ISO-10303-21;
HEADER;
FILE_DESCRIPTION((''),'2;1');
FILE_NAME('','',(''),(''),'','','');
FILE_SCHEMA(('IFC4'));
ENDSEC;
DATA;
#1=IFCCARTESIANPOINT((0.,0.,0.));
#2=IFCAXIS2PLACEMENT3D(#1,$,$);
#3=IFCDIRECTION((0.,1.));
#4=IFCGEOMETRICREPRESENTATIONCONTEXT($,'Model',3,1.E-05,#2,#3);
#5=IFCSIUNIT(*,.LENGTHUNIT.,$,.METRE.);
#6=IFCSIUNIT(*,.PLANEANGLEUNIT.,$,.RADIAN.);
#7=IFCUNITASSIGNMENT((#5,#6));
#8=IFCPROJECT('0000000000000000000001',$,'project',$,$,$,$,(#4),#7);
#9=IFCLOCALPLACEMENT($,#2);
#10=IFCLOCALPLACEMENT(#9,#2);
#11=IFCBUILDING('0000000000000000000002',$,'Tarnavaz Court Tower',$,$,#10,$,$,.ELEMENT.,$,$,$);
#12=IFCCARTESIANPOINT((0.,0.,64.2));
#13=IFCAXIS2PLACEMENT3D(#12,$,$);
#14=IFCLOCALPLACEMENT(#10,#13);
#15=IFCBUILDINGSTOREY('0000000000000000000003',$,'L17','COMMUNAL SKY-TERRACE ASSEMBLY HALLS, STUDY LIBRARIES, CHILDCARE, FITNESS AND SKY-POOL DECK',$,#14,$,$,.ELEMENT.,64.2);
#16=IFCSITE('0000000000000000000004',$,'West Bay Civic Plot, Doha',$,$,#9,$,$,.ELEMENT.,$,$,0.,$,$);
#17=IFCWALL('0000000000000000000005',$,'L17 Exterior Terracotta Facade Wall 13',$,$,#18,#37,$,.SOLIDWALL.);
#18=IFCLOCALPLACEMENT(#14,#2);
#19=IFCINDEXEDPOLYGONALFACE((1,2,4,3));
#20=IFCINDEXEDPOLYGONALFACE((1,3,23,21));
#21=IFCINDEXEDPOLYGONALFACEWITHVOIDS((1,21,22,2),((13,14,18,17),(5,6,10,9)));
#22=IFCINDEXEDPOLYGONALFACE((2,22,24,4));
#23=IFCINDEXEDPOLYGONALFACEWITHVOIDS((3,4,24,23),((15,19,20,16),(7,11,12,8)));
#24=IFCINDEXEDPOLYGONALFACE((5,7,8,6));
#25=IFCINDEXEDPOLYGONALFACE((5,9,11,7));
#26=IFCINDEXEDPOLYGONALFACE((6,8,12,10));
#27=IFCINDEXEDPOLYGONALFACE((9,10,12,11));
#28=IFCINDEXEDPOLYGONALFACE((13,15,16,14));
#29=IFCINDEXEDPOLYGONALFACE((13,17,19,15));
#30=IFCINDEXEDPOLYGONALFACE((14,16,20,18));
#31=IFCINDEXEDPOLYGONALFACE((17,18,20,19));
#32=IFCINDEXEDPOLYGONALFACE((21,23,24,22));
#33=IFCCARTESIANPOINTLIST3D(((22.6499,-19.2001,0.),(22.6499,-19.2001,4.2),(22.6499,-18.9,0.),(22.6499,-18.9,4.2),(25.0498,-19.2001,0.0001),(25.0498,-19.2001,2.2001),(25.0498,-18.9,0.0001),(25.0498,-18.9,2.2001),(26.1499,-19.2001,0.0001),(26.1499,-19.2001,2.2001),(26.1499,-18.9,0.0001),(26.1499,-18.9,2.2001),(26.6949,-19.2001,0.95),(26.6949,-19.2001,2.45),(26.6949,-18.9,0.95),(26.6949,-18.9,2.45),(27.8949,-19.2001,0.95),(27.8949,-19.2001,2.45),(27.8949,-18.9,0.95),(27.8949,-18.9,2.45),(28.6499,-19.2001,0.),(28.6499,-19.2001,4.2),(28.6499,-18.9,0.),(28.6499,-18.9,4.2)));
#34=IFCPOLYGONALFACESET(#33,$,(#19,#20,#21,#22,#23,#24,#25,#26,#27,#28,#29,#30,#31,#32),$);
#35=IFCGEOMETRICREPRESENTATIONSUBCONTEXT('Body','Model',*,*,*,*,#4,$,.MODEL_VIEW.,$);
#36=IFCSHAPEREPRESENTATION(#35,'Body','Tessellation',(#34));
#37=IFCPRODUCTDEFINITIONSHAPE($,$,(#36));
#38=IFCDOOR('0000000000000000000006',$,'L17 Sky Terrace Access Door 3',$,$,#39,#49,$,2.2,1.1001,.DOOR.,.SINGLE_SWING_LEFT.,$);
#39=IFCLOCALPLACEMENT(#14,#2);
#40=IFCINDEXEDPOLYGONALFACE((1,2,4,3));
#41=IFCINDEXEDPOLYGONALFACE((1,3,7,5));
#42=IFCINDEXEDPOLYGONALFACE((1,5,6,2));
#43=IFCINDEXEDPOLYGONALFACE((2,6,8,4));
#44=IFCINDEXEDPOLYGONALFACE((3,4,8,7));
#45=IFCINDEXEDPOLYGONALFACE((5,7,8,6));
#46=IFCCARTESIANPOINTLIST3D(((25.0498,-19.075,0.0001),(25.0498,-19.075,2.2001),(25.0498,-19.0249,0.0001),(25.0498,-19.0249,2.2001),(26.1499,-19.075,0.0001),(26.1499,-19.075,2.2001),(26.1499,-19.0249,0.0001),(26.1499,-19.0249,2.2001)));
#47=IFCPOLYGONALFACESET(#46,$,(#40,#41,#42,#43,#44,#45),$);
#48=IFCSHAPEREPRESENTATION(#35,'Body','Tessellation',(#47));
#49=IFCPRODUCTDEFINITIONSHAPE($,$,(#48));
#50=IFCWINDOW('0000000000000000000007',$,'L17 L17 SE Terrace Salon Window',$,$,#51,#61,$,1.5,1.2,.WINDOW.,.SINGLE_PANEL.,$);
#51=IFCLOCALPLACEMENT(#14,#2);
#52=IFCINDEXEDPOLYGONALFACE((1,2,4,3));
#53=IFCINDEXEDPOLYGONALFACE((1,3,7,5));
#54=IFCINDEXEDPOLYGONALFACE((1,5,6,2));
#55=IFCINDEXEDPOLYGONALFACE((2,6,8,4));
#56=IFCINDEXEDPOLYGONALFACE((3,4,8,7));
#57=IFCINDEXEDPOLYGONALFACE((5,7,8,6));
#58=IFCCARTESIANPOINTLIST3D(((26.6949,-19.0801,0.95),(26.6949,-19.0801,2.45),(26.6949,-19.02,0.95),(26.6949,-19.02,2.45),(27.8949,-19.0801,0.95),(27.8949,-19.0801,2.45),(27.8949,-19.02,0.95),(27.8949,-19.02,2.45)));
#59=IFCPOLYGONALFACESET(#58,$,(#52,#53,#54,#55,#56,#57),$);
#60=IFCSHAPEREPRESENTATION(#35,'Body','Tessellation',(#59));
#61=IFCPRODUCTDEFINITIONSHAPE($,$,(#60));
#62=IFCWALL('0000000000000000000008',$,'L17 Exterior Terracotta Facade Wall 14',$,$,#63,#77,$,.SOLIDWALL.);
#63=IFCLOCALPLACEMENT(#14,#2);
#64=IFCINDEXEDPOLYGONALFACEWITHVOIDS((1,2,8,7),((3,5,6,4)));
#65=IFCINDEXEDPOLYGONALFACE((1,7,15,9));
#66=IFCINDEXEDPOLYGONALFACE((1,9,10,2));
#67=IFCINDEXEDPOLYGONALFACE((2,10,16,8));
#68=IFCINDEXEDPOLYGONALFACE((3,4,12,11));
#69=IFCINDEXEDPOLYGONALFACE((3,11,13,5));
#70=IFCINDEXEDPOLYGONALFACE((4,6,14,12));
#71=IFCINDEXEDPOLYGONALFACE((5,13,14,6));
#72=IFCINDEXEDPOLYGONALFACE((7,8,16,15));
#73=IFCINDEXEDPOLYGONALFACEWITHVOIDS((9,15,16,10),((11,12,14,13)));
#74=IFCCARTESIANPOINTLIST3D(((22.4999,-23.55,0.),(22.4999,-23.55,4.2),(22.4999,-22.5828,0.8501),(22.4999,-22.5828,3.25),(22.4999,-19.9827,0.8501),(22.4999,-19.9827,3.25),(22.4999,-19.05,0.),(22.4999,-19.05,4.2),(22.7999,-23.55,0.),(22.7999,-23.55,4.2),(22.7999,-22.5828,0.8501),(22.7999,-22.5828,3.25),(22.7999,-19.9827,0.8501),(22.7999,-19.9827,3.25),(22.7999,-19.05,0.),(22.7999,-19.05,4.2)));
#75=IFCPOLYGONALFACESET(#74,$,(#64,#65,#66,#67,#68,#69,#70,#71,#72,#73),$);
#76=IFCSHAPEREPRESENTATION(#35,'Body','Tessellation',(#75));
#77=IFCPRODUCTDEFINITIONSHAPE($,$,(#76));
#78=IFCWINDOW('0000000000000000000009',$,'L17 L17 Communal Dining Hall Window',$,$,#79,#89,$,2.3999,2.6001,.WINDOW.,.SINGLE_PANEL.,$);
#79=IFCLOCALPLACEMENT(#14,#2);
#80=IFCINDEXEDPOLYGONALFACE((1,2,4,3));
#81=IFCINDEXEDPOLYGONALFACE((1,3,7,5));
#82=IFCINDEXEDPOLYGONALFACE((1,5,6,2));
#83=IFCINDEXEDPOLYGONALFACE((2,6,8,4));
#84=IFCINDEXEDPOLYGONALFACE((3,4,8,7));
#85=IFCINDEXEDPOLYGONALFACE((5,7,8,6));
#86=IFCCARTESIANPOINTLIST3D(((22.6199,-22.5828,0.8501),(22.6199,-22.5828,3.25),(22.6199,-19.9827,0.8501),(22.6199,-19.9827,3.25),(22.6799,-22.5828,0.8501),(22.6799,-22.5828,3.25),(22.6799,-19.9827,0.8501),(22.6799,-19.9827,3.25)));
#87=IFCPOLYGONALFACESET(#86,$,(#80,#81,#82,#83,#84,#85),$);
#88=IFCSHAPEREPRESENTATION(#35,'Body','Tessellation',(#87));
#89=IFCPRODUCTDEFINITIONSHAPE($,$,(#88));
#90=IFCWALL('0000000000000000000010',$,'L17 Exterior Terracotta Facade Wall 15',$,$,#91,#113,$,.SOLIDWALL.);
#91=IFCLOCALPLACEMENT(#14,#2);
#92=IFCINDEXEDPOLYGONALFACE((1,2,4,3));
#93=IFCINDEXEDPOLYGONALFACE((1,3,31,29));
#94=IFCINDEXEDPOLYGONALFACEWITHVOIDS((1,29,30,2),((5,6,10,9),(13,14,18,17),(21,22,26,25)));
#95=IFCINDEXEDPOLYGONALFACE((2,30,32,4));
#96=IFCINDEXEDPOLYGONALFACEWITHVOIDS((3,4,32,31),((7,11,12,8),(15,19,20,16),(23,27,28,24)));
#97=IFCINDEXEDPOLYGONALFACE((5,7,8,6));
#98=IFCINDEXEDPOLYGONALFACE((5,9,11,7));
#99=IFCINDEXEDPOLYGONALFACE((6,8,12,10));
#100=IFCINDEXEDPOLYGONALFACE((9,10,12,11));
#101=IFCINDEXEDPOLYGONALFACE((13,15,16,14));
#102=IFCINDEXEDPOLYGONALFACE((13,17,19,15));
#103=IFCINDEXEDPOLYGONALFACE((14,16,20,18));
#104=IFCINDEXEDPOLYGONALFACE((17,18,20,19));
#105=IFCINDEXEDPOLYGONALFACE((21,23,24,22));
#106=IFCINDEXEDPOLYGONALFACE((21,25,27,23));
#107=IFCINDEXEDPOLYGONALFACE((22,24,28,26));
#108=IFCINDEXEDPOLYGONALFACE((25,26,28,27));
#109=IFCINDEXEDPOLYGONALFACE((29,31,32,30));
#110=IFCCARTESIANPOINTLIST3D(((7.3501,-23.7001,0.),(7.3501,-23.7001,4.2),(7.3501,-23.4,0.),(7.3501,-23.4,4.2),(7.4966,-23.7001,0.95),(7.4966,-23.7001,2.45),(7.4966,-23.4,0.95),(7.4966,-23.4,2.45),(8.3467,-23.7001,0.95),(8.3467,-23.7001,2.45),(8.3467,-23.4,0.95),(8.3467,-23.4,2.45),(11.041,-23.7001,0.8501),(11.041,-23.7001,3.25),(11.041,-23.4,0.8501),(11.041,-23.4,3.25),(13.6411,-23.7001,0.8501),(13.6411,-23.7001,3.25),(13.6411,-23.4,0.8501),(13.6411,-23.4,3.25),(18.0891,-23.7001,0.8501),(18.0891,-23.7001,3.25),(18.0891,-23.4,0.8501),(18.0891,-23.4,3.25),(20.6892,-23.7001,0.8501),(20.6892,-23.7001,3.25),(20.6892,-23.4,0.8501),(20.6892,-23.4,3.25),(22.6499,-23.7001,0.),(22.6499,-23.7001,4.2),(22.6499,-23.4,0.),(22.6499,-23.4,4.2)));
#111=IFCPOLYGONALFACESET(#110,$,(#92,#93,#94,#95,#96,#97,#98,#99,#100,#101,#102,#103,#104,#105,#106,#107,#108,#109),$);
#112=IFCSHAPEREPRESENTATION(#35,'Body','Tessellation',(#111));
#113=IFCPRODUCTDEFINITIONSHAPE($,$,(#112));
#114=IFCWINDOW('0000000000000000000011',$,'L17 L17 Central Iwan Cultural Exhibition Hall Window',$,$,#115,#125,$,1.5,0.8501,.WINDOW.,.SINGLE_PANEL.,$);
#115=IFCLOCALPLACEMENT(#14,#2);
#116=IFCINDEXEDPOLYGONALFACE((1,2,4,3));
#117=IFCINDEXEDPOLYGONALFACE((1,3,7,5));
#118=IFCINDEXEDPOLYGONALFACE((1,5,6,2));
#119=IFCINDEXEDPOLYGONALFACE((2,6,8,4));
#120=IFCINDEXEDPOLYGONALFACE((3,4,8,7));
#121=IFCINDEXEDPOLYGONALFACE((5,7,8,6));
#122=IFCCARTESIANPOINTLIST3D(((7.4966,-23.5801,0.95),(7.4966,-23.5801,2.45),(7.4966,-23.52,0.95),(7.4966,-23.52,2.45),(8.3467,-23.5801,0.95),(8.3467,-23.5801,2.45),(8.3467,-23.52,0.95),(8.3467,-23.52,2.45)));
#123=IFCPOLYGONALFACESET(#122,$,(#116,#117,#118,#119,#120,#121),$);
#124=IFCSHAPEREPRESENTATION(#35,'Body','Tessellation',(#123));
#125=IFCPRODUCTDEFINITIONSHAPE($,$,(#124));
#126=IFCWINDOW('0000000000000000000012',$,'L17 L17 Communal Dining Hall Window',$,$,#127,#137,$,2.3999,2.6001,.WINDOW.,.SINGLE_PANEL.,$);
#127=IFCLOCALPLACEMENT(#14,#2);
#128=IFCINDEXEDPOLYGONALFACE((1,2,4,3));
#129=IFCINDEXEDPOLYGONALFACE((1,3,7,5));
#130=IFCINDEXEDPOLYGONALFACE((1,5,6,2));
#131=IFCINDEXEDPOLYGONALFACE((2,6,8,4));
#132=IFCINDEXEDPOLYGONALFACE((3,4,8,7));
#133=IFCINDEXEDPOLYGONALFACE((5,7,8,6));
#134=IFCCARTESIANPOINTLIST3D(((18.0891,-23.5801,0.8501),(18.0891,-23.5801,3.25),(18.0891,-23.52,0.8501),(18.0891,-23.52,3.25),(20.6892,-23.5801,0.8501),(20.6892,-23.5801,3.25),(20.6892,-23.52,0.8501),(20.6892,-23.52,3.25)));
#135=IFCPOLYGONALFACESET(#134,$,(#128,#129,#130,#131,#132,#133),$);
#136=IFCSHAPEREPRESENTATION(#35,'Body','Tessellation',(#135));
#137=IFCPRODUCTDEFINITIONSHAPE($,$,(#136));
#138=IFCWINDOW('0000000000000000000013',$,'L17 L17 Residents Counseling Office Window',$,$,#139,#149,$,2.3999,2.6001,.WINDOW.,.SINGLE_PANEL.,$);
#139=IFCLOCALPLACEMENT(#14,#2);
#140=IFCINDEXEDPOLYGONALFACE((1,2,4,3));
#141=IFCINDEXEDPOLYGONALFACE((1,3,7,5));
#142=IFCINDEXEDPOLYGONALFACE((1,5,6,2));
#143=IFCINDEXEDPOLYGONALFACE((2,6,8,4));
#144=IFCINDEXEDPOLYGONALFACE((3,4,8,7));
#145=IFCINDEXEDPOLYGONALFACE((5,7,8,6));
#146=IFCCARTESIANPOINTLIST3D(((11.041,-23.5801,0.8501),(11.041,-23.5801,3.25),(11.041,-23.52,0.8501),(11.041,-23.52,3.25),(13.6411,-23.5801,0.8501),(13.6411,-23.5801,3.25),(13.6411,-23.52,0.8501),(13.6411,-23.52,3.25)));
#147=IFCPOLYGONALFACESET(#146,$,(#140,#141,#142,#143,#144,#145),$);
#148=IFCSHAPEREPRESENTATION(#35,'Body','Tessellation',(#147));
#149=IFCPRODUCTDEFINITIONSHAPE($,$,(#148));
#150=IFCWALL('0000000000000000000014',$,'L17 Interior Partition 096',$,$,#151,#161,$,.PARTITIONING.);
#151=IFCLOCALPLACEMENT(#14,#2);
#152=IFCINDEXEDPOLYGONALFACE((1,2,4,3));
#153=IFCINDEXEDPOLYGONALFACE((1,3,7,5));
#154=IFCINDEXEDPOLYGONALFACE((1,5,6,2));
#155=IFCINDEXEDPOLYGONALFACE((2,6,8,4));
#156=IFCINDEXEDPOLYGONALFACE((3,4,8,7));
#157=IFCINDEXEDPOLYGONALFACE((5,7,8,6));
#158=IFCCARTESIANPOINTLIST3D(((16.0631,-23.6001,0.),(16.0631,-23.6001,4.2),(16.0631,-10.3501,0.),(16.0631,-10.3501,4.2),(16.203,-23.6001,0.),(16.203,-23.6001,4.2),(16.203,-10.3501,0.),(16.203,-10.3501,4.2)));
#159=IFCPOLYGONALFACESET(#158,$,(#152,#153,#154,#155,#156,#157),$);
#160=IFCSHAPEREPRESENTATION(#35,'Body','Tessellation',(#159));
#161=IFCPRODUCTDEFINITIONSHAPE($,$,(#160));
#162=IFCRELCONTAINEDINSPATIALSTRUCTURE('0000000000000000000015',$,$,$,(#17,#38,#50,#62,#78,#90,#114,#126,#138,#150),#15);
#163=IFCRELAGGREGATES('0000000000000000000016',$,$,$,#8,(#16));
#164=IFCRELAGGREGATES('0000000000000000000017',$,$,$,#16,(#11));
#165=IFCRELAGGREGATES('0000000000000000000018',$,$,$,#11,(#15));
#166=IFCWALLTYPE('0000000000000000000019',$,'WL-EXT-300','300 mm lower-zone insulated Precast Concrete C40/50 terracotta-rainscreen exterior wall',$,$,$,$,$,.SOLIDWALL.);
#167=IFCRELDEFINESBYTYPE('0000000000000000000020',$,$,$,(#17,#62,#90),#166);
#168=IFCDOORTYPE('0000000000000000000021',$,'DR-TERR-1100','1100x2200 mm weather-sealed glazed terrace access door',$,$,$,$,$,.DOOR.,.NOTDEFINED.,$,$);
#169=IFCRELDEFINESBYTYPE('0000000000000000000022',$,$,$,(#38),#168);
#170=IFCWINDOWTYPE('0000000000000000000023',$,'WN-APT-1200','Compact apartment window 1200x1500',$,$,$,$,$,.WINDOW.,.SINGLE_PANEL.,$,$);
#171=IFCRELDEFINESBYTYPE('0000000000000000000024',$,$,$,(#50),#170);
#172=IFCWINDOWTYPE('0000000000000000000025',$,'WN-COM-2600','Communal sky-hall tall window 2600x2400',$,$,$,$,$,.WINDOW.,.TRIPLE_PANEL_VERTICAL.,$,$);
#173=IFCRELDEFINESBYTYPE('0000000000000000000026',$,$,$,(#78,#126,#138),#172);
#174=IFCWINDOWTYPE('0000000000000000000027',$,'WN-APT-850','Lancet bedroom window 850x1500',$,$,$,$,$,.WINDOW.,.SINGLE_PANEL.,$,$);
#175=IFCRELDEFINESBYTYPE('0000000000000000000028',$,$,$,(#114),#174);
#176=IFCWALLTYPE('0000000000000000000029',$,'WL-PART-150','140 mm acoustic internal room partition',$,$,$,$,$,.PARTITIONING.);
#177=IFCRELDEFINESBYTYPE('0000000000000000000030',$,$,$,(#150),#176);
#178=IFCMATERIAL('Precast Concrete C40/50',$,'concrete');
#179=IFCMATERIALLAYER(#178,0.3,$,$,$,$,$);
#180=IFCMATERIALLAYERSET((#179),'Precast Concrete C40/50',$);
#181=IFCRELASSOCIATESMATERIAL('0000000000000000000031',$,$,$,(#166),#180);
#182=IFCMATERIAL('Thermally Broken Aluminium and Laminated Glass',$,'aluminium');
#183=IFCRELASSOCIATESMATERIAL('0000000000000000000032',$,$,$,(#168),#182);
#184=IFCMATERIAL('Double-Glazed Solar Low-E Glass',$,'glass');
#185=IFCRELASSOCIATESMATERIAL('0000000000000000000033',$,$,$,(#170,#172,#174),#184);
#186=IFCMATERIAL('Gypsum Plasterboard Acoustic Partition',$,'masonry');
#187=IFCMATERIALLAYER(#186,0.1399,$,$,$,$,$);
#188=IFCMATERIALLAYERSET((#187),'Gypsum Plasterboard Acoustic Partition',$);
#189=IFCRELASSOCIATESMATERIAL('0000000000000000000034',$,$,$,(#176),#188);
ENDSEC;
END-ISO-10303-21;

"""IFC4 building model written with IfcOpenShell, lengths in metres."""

from ifc_helpers import new_model, si_unit, direction, frame, frame_2d, origin, place, context, subcontext, project, spatial, rectangle, extrude, material, layer, layer_set, type_object, element, fill, save


model = new_model("IFC4")

# Units and contexts
model_context = context("Model", 3, precision=1e-05, world=origin(), true_north=direction((0.0, 1.0)))
body_context = subcontext(model_context, "Body", "Model", "MODEL_VIEW")
ifc_project = project(units=[si_unit("LENGTHUNIT", "METRE"), si_unit("PLANEANGLEUNIT", "RADIAN")], contexts=[model_context])

# Site, building, storey
site_placement = place(None, origin())
site = spatial("IfcSite", under=ifc_project, at=site_placement, Name="West Bay Civic Plot, Doha", CompositionType="ELEMENT", RefElevation=0.0)
building_placement = place(site_placement, origin())
building = spatial("IfcBuilding", under=site, at=building_placement, Name="Tarnavaz Court Tower", CompositionType="ELEMENT")
storey_placement = place(building_placement, frame((0.0, 0.0, 64.2)))
storey = spatial("IfcBuildingStorey", under=building, at=storey_placement, Name="L17", Description="COMMUNAL SKY-TERRACE ASSEMBLY HALLS, STUDY LIBRARIES, CHILDCARE, FITNESS AND SKY-POOL DECK", CompositionType="ELEMENT", Elevation=64.2)

# Shared definitions
ifc_material_1 = material(Name="Double-Glazed Solar Low-E Glass", Category="glass")

# Wall, openings, door, window
ifc_material_2 = material(Name="Precast Concrete C40/50", Category="concrete")
ifc_layer_1 = layer(ifc_material_2, 0.3)
ifc_layer_set_1 = layer_set([ifc_layer_1], Name="Precast Concrete C40/50")
wall_type_1 = type_object("IfcWallType", Name="WL-EXT-300", Description="300 mm lower-zone insulated Precast Concrete C40/50 terracotta-rainscreen exterior wall", PredefinedType="SOLIDWALL", material=ifc_layer_set_1)
wall_1_placement = place(storey_placement, frame((28.6499, -19.05, 0.0), z_axis=(0.0, 0.0, 1.0), x_axis=(-1.0, 0.0, 0.0)))
wall_1 = element("IfcWall", 1, at=wall_1_placement, inside=storey, type_object=wall_type_1, Name="L17 Exterior Terracotta Facade Wall 13", PredefinedType="SOLIDWALL", context=body_context, shape_type="SweptSolid", body=[
    extrude(rectangle(XDim=6.0, YDim=0.3, at=frame_2d((3.0, 0.0))), origin(), (0.0, 0.0, 1.0), 4.2),
])
opening_1_placement = place(wall_1_placement, frame((2.5, 0.0, 0.0)))
opening_1 = element("IfcOpeningElement", 2, at=opening_1_placement, cuts=wall_1, PredefinedType="OPENING", context=body_context, shape_type="SweptSolid", body=[
    extrude(rectangle(XDim=1.1001, YDim=2.2, at=frame_2d((0.55, 1.1001))), frame((0.0, 0.1599, 0.0), z_axis=(0.0, -1.0, 0.0), x_axis=(1.0, 0.0, 0.0)), (0.0, 0.0, 1.0), 0.3201),
])
opening_2_placement = place(wall_1_placement, frame((0.7549, 0.0, 0.95)))
opening_2 = element("IfcOpeningElement", 3, at=opening_2_placement, cuts=wall_1, PredefinedType="OPENING", context=body_context, shape_type="SweptSolid", body=[
    extrude(rectangle(XDim=1.2, YDim=1.5, at=frame_2d((0.6001, 0.75))), frame((0.0, 0.1599, 0.0), z_axis=(0.0, -1.0, 0.0), x_axis=(1.0, 0.0, 0.0)), (0.0, 0.0, 1.0), 0.3201),
])
ifc_material_3 = material(Name="Thermally Broken Aluminium and Laminated Glass", Category="aluminium")
door_type = type_object("IfcDoorType", Name="DR-TERR-1100", Description="1100x2200 mm weather-sealed glazed terrace access door", OperationType="NOTDEFINED", PredefinedType="DOOR", material=ifc_material_3)
door_placement = place(opening_1_placement, origin())
door = element("IfcDoor", 4, at=door_placement, inside=storey, type_object=door_type, Name="L17 Sky Terrace Access Door 3", OperationType="SINGLE_SWING_LEFT", OverallHeight=2.2, OverallWidth=1.1001, PredefinedType="DOOR", context=body_context, shape_type="SweptSolid", body=[
    extrude(rectangle(XDim=1.1001, YDim=2.2, at=frame_2d((0.55, 1.1001))), frame((0.0, 0.0249, 0.0), z_axis=(0.0, -1.0, 0.0), x_axis=(1.0, 0.0, 0.0)), (0.0, 0.0, 1.0), 0.05),
])
fill(opening_1, door)
window_type_1 = type_object("IfcWindowType", Name="WN-APT-1200", Description="Compact apartment window 1200x1500", PartitioningType="SINGLE_PANEL", PredefinedType="WINDOW", material=ifc_material_1)
window_1_placement = place(opening_2_placement, origin())
window_1 = element("IfcWindow", 5, at=window_1_placement, inside=storey, type_object=window_type_1, Name="L17 L17 SE Terrace Salon Window", OverallHeight=1.5, OverallWidth=1.2, PartitioningType="SINGLE_PANEL", PredefinedType="WINDOW", context=body_context, shape_type="SweptSolid", body=[
    extrude(rectangle(XDim=1.2, YDim=1.5, at=frame_2d((0.6001, 0.75))), frame((0.0, 0.03, 0.0), z_axis=(0.0, -1.0, 0.0), x_axis=(1.0, 0.0, 0.0)), (0.0, 0.0, 1.0), 0.0601),
])
fill(opening_2, window_1)

# Wall, opening, window
wall_2_placement = place(storey_placement, frame((22.6499, -19.05, 0.0), z_axis=(0.0, 0.0, 1.0), x_axis=(0.0, -1.0, 0.0)))
wall_2 = element("IfcWall", 6, at=wall_2_placement, inside=storey, type_object=wall_type_1, Name="L17 Exterior Terracotta Facade Wall 14", PredefinedType="SOLIDWALL", context=body_context, shape_type="SweptSolid", body=[
    extrude(rectangle(XDim=4.5, YDim=0.3, at=frame_2d((2.25, 0.0))), origin(), (0.0, 0.0, 1.0), 4.2),
])
opening_3_placement = place(wall_2_placement, frame((0.9326, 0.0, 0.8501)))
opening_3 = element("IfcOpeningElement", 7, at=opening_3_placement, cuts=wall_2, PredefinedType="OPENING", context=body_context, shape_type="SweptSolid", body=[
    extrude(rectangle(XDim=2.6001, YDim=2.3999, at=frame_2d((1.3, 1.2))), frame((0.0, 0.1599, 0.0), z_axis=(0.0, -1.0, 0.0), x_axis=(1.0, 0.0, 0.0)), (0.0, 0.0, 1.0), 0.3201),
])
window_type_2 = type_object("IfcWindowType", Name="WN-COM-2600", Description="Communal sky-hall tall window 2600x2400", PartitioningType="TRIPLE_PANEL_VERTICAL", PredefinedType="WINDOW", material=ifc_material_1)
window_2_placement = place(opening_3_placement, origin())
window_2 = element("IfcWindow", 8, at=window_2_placement, inside=storey, type_object=window_type_2, Name="L17 L17 Communal Dining Hall Window", OverallHeight=2.3999, OverallWidth=2.6001, PartitioningType="SINGLE_PANEL", PredefinedType="WINDOW", context=body_context, shape_type="SweptSolid", body=[
    extrude(rectangle(XDim=2.6001, YDim=2.3999, at=frame_2d((1.3, 1.2))), frame((0.0, 0.03, 0.0), z_axis=(0.0, -1.0, 0.0), x_axis=(1.0, 0.0, 0.0)), (0.0, 0.0, 1.0), 0.0601),
])
fill(opening_3, window_2)

# Wall, openings, windows
wall_3_placement = place(storey_placement, frame((22.6499, -23.55, 0.0), z_axis=(0.0, 0.0, 1.0), x_axis=(-1.0, 0.0, 0.0)))
wall_3 = element("IfcWall", 9, at=wall_3_placement, inside=storey, type_object=wall_type_1, Name="L17 Exterior Terracotta Facade Wall 15", PredefinedType="SOLIDWALL", context=body_context, shape_type="SweptSolid", body=[
    extrude(rectangle(XDim=15.2998, YDim=0.3, at=frame_2d((7.6499, 0.0))), origin(), (0.0, 0.0, 1.0), 4.2),
])
opening_4_placement = place(wall_3_placement, frame((1.9607, 0.0, 0.8501)))
opening_4 = element("IfcOpeningElement", 10, at=opening_4_placement, cuts=wall_3, PredefinedType="OPENING", context=body_context, shape_type="SweptSolid", body=[
    extrude(rectangle(XDim=2.6001, YDim=2.3999, at=frame_2d((1.3, 1.2))), frame((0.0, 0.1599, 0.0), z_axis=(0.0, -1.0, 0.0), x_axis=(1.0, 0.0, 0.0)), (0.0, 0.0, 1.0), 0.3201),
])
opening_5_placement = place(wall_3_placement, frame((9.0088, 0.0, 0.8501)))
opening_5 = element("IfcOpeningElement", 11, at=opening_5_placement, cuts=wall_3, PredefinedType="OPENING", context=body_context, shape_type="SweptSolid", body=[
    extrude(rectangle(XDim=2.6001, YDim=2.3999, at=frame_2d((1.3, 1.2))), frame((0.0, 0.1599, 0.0), z_axis=(0.0, -1.0, 0.0), x_axis=(1.0, 0.0, 0.0)), (0.0, 0.0, 1.0), 0.3201),
])
opening_6_placement = place(wall_3_placement, frame((14.3032, 0.0, 0.95)))
opening_6 = element("IfcOpeningElement", 12, at=opening_6_placement, cuts=wall_3, PredefinedType="OPENING", context=body_context, shape_type="SweptSolid", body=[
    extrude(rectangle(XDim=0.8501, YDim=1.5, at=frame_2d((0.425, 0.75))), frame((0.0, 0.1599, 0.0), z_axis=(0.0, -1.0, 0.0), x_axis=(1.0, 0.0, 0.0)), (0.0, 0.0, 1.0), 0.3201),
])
window_type_3 = type_object("IfcWindowType", Name="WN-APT-850", Description="Lancet bedroom window 850x1500", PartitioningType="SINGLE_PANEL", PredefinedType="WINDOW", material=ifc_material_1)
window_3_placement = place(opening_6_placement, origin())
window_3 = element("IfcWindow", 13, at=window_3_placement, inside=storey, type_object=window_type_3, Name="L17 L17 Central Iwan Cultural Exhibition Hall Window", OverallHeight=1.5, OverallWidth=0.8501, PartitioningType="SINGLE_PANEL", PredefinedType="WINDOW", context=body_context, shape_type="SweptSolid", body=[
    extrude(rectangle(XDim=0.8501, YDim=1.5, at=frame_2d((0.425, 0.75))), frame((0.0, 0.03, 0.0), z_axis=(0.0, -1.0, 0.0), x_axis=(1.0, 0.0, 0.0)), (0.0, 0.0, 1.0), 0.0601),
])
fill(opening_6, window_3)
window_4_placement = place(opening_4_placement, origin())
window_4 = element("IfcWindow", 14, at=window_4_placement, inside=storey, type_object=window_type_2, Name="L17 L17 Communal Dining Hall Window", OverallHeight=2.3999, OverallWidth=2.6001, PartitioningType="SINGLE_PANEL", PredefinedType="WINDOW", context=body_context, shape_type="SweptSolid", body=[
    extrude(rectangle(XDim=2.6001, YDim=2.3999, at=frame_2d((1.3, 1.2))), frame((0.0, 0.03, 0.0), z_axis=(0.0, -1.0, 0.0), x_axis=(1.0, 0.0, 0.0)), (0.0, 0.0, 1.0), 0.0601),
])
fill(opening_4, window_4)
window_5_placement = place(opening_5_placement, origin())
window_5 = element("IfcWindow", 15, at=window_5_placement, inside=storey, type_object=window_type_2, Name="L17 L17 Residents Counseling Office Window", OverallHeight=2.3999, OverallWidth=2.6001, PartitioningType="SINGLE_PANEL", PredefinedType="WINDOW", context=body_context, shape_type="SweptSolid", body=[
    extrude(rectangle(XDim=2.6001, YDim=2.3999, at=frame_2d((1.3, 1.2))), frame((0.0, 0.03, 0.0), z_axis=(0.0, -1.0, 0.0), x_axis=(1.0, 0.0, 0.0)), (0.0, 0.0, 1.0), 0.0601),
])
fill(opening_5, window_5)

# Wall
ifc_material_4 = material(Name="Gypsum Plasterboard Acoustic Partition", Category="masonry")
ifc_layer_2 = layer(ifc_material_4, 0.1399)
ifc_layer_set_2 = layer_set([ifc_layer_2], Name="Gypsum Plasterboard Acoustic Partition")
wall_type_2 = type_object("IfcWallType", Name="WL-PART-150", Description="140 mm acoustic internal room partition", PredefinedType="PARTITIONING", material=ifc_layer_set_2)
wall_4_placement = place(storey_placement, frame((16.1331, -23.6001, 0.0), z_axis=(0.0, 0.0, 1.0), x_axis=(0.0, 1.0, 0.0)))
element("IfcWall", 16, at=wall_4_placement, inside=storey, type_object=wall_type_2, Name="L17 Interior Partition 096", PredefinedType="PARTITIONING", context=body_context, shape_type="SweptSolid", body=[
    extrude(rectangle(XDim=13.25, YDim=0.1399, at=frame_2d((6.625, 0.0))), origin(), (0.0, 0.0, 1.0), 4.2),
])

save(model, "model.ifc")
